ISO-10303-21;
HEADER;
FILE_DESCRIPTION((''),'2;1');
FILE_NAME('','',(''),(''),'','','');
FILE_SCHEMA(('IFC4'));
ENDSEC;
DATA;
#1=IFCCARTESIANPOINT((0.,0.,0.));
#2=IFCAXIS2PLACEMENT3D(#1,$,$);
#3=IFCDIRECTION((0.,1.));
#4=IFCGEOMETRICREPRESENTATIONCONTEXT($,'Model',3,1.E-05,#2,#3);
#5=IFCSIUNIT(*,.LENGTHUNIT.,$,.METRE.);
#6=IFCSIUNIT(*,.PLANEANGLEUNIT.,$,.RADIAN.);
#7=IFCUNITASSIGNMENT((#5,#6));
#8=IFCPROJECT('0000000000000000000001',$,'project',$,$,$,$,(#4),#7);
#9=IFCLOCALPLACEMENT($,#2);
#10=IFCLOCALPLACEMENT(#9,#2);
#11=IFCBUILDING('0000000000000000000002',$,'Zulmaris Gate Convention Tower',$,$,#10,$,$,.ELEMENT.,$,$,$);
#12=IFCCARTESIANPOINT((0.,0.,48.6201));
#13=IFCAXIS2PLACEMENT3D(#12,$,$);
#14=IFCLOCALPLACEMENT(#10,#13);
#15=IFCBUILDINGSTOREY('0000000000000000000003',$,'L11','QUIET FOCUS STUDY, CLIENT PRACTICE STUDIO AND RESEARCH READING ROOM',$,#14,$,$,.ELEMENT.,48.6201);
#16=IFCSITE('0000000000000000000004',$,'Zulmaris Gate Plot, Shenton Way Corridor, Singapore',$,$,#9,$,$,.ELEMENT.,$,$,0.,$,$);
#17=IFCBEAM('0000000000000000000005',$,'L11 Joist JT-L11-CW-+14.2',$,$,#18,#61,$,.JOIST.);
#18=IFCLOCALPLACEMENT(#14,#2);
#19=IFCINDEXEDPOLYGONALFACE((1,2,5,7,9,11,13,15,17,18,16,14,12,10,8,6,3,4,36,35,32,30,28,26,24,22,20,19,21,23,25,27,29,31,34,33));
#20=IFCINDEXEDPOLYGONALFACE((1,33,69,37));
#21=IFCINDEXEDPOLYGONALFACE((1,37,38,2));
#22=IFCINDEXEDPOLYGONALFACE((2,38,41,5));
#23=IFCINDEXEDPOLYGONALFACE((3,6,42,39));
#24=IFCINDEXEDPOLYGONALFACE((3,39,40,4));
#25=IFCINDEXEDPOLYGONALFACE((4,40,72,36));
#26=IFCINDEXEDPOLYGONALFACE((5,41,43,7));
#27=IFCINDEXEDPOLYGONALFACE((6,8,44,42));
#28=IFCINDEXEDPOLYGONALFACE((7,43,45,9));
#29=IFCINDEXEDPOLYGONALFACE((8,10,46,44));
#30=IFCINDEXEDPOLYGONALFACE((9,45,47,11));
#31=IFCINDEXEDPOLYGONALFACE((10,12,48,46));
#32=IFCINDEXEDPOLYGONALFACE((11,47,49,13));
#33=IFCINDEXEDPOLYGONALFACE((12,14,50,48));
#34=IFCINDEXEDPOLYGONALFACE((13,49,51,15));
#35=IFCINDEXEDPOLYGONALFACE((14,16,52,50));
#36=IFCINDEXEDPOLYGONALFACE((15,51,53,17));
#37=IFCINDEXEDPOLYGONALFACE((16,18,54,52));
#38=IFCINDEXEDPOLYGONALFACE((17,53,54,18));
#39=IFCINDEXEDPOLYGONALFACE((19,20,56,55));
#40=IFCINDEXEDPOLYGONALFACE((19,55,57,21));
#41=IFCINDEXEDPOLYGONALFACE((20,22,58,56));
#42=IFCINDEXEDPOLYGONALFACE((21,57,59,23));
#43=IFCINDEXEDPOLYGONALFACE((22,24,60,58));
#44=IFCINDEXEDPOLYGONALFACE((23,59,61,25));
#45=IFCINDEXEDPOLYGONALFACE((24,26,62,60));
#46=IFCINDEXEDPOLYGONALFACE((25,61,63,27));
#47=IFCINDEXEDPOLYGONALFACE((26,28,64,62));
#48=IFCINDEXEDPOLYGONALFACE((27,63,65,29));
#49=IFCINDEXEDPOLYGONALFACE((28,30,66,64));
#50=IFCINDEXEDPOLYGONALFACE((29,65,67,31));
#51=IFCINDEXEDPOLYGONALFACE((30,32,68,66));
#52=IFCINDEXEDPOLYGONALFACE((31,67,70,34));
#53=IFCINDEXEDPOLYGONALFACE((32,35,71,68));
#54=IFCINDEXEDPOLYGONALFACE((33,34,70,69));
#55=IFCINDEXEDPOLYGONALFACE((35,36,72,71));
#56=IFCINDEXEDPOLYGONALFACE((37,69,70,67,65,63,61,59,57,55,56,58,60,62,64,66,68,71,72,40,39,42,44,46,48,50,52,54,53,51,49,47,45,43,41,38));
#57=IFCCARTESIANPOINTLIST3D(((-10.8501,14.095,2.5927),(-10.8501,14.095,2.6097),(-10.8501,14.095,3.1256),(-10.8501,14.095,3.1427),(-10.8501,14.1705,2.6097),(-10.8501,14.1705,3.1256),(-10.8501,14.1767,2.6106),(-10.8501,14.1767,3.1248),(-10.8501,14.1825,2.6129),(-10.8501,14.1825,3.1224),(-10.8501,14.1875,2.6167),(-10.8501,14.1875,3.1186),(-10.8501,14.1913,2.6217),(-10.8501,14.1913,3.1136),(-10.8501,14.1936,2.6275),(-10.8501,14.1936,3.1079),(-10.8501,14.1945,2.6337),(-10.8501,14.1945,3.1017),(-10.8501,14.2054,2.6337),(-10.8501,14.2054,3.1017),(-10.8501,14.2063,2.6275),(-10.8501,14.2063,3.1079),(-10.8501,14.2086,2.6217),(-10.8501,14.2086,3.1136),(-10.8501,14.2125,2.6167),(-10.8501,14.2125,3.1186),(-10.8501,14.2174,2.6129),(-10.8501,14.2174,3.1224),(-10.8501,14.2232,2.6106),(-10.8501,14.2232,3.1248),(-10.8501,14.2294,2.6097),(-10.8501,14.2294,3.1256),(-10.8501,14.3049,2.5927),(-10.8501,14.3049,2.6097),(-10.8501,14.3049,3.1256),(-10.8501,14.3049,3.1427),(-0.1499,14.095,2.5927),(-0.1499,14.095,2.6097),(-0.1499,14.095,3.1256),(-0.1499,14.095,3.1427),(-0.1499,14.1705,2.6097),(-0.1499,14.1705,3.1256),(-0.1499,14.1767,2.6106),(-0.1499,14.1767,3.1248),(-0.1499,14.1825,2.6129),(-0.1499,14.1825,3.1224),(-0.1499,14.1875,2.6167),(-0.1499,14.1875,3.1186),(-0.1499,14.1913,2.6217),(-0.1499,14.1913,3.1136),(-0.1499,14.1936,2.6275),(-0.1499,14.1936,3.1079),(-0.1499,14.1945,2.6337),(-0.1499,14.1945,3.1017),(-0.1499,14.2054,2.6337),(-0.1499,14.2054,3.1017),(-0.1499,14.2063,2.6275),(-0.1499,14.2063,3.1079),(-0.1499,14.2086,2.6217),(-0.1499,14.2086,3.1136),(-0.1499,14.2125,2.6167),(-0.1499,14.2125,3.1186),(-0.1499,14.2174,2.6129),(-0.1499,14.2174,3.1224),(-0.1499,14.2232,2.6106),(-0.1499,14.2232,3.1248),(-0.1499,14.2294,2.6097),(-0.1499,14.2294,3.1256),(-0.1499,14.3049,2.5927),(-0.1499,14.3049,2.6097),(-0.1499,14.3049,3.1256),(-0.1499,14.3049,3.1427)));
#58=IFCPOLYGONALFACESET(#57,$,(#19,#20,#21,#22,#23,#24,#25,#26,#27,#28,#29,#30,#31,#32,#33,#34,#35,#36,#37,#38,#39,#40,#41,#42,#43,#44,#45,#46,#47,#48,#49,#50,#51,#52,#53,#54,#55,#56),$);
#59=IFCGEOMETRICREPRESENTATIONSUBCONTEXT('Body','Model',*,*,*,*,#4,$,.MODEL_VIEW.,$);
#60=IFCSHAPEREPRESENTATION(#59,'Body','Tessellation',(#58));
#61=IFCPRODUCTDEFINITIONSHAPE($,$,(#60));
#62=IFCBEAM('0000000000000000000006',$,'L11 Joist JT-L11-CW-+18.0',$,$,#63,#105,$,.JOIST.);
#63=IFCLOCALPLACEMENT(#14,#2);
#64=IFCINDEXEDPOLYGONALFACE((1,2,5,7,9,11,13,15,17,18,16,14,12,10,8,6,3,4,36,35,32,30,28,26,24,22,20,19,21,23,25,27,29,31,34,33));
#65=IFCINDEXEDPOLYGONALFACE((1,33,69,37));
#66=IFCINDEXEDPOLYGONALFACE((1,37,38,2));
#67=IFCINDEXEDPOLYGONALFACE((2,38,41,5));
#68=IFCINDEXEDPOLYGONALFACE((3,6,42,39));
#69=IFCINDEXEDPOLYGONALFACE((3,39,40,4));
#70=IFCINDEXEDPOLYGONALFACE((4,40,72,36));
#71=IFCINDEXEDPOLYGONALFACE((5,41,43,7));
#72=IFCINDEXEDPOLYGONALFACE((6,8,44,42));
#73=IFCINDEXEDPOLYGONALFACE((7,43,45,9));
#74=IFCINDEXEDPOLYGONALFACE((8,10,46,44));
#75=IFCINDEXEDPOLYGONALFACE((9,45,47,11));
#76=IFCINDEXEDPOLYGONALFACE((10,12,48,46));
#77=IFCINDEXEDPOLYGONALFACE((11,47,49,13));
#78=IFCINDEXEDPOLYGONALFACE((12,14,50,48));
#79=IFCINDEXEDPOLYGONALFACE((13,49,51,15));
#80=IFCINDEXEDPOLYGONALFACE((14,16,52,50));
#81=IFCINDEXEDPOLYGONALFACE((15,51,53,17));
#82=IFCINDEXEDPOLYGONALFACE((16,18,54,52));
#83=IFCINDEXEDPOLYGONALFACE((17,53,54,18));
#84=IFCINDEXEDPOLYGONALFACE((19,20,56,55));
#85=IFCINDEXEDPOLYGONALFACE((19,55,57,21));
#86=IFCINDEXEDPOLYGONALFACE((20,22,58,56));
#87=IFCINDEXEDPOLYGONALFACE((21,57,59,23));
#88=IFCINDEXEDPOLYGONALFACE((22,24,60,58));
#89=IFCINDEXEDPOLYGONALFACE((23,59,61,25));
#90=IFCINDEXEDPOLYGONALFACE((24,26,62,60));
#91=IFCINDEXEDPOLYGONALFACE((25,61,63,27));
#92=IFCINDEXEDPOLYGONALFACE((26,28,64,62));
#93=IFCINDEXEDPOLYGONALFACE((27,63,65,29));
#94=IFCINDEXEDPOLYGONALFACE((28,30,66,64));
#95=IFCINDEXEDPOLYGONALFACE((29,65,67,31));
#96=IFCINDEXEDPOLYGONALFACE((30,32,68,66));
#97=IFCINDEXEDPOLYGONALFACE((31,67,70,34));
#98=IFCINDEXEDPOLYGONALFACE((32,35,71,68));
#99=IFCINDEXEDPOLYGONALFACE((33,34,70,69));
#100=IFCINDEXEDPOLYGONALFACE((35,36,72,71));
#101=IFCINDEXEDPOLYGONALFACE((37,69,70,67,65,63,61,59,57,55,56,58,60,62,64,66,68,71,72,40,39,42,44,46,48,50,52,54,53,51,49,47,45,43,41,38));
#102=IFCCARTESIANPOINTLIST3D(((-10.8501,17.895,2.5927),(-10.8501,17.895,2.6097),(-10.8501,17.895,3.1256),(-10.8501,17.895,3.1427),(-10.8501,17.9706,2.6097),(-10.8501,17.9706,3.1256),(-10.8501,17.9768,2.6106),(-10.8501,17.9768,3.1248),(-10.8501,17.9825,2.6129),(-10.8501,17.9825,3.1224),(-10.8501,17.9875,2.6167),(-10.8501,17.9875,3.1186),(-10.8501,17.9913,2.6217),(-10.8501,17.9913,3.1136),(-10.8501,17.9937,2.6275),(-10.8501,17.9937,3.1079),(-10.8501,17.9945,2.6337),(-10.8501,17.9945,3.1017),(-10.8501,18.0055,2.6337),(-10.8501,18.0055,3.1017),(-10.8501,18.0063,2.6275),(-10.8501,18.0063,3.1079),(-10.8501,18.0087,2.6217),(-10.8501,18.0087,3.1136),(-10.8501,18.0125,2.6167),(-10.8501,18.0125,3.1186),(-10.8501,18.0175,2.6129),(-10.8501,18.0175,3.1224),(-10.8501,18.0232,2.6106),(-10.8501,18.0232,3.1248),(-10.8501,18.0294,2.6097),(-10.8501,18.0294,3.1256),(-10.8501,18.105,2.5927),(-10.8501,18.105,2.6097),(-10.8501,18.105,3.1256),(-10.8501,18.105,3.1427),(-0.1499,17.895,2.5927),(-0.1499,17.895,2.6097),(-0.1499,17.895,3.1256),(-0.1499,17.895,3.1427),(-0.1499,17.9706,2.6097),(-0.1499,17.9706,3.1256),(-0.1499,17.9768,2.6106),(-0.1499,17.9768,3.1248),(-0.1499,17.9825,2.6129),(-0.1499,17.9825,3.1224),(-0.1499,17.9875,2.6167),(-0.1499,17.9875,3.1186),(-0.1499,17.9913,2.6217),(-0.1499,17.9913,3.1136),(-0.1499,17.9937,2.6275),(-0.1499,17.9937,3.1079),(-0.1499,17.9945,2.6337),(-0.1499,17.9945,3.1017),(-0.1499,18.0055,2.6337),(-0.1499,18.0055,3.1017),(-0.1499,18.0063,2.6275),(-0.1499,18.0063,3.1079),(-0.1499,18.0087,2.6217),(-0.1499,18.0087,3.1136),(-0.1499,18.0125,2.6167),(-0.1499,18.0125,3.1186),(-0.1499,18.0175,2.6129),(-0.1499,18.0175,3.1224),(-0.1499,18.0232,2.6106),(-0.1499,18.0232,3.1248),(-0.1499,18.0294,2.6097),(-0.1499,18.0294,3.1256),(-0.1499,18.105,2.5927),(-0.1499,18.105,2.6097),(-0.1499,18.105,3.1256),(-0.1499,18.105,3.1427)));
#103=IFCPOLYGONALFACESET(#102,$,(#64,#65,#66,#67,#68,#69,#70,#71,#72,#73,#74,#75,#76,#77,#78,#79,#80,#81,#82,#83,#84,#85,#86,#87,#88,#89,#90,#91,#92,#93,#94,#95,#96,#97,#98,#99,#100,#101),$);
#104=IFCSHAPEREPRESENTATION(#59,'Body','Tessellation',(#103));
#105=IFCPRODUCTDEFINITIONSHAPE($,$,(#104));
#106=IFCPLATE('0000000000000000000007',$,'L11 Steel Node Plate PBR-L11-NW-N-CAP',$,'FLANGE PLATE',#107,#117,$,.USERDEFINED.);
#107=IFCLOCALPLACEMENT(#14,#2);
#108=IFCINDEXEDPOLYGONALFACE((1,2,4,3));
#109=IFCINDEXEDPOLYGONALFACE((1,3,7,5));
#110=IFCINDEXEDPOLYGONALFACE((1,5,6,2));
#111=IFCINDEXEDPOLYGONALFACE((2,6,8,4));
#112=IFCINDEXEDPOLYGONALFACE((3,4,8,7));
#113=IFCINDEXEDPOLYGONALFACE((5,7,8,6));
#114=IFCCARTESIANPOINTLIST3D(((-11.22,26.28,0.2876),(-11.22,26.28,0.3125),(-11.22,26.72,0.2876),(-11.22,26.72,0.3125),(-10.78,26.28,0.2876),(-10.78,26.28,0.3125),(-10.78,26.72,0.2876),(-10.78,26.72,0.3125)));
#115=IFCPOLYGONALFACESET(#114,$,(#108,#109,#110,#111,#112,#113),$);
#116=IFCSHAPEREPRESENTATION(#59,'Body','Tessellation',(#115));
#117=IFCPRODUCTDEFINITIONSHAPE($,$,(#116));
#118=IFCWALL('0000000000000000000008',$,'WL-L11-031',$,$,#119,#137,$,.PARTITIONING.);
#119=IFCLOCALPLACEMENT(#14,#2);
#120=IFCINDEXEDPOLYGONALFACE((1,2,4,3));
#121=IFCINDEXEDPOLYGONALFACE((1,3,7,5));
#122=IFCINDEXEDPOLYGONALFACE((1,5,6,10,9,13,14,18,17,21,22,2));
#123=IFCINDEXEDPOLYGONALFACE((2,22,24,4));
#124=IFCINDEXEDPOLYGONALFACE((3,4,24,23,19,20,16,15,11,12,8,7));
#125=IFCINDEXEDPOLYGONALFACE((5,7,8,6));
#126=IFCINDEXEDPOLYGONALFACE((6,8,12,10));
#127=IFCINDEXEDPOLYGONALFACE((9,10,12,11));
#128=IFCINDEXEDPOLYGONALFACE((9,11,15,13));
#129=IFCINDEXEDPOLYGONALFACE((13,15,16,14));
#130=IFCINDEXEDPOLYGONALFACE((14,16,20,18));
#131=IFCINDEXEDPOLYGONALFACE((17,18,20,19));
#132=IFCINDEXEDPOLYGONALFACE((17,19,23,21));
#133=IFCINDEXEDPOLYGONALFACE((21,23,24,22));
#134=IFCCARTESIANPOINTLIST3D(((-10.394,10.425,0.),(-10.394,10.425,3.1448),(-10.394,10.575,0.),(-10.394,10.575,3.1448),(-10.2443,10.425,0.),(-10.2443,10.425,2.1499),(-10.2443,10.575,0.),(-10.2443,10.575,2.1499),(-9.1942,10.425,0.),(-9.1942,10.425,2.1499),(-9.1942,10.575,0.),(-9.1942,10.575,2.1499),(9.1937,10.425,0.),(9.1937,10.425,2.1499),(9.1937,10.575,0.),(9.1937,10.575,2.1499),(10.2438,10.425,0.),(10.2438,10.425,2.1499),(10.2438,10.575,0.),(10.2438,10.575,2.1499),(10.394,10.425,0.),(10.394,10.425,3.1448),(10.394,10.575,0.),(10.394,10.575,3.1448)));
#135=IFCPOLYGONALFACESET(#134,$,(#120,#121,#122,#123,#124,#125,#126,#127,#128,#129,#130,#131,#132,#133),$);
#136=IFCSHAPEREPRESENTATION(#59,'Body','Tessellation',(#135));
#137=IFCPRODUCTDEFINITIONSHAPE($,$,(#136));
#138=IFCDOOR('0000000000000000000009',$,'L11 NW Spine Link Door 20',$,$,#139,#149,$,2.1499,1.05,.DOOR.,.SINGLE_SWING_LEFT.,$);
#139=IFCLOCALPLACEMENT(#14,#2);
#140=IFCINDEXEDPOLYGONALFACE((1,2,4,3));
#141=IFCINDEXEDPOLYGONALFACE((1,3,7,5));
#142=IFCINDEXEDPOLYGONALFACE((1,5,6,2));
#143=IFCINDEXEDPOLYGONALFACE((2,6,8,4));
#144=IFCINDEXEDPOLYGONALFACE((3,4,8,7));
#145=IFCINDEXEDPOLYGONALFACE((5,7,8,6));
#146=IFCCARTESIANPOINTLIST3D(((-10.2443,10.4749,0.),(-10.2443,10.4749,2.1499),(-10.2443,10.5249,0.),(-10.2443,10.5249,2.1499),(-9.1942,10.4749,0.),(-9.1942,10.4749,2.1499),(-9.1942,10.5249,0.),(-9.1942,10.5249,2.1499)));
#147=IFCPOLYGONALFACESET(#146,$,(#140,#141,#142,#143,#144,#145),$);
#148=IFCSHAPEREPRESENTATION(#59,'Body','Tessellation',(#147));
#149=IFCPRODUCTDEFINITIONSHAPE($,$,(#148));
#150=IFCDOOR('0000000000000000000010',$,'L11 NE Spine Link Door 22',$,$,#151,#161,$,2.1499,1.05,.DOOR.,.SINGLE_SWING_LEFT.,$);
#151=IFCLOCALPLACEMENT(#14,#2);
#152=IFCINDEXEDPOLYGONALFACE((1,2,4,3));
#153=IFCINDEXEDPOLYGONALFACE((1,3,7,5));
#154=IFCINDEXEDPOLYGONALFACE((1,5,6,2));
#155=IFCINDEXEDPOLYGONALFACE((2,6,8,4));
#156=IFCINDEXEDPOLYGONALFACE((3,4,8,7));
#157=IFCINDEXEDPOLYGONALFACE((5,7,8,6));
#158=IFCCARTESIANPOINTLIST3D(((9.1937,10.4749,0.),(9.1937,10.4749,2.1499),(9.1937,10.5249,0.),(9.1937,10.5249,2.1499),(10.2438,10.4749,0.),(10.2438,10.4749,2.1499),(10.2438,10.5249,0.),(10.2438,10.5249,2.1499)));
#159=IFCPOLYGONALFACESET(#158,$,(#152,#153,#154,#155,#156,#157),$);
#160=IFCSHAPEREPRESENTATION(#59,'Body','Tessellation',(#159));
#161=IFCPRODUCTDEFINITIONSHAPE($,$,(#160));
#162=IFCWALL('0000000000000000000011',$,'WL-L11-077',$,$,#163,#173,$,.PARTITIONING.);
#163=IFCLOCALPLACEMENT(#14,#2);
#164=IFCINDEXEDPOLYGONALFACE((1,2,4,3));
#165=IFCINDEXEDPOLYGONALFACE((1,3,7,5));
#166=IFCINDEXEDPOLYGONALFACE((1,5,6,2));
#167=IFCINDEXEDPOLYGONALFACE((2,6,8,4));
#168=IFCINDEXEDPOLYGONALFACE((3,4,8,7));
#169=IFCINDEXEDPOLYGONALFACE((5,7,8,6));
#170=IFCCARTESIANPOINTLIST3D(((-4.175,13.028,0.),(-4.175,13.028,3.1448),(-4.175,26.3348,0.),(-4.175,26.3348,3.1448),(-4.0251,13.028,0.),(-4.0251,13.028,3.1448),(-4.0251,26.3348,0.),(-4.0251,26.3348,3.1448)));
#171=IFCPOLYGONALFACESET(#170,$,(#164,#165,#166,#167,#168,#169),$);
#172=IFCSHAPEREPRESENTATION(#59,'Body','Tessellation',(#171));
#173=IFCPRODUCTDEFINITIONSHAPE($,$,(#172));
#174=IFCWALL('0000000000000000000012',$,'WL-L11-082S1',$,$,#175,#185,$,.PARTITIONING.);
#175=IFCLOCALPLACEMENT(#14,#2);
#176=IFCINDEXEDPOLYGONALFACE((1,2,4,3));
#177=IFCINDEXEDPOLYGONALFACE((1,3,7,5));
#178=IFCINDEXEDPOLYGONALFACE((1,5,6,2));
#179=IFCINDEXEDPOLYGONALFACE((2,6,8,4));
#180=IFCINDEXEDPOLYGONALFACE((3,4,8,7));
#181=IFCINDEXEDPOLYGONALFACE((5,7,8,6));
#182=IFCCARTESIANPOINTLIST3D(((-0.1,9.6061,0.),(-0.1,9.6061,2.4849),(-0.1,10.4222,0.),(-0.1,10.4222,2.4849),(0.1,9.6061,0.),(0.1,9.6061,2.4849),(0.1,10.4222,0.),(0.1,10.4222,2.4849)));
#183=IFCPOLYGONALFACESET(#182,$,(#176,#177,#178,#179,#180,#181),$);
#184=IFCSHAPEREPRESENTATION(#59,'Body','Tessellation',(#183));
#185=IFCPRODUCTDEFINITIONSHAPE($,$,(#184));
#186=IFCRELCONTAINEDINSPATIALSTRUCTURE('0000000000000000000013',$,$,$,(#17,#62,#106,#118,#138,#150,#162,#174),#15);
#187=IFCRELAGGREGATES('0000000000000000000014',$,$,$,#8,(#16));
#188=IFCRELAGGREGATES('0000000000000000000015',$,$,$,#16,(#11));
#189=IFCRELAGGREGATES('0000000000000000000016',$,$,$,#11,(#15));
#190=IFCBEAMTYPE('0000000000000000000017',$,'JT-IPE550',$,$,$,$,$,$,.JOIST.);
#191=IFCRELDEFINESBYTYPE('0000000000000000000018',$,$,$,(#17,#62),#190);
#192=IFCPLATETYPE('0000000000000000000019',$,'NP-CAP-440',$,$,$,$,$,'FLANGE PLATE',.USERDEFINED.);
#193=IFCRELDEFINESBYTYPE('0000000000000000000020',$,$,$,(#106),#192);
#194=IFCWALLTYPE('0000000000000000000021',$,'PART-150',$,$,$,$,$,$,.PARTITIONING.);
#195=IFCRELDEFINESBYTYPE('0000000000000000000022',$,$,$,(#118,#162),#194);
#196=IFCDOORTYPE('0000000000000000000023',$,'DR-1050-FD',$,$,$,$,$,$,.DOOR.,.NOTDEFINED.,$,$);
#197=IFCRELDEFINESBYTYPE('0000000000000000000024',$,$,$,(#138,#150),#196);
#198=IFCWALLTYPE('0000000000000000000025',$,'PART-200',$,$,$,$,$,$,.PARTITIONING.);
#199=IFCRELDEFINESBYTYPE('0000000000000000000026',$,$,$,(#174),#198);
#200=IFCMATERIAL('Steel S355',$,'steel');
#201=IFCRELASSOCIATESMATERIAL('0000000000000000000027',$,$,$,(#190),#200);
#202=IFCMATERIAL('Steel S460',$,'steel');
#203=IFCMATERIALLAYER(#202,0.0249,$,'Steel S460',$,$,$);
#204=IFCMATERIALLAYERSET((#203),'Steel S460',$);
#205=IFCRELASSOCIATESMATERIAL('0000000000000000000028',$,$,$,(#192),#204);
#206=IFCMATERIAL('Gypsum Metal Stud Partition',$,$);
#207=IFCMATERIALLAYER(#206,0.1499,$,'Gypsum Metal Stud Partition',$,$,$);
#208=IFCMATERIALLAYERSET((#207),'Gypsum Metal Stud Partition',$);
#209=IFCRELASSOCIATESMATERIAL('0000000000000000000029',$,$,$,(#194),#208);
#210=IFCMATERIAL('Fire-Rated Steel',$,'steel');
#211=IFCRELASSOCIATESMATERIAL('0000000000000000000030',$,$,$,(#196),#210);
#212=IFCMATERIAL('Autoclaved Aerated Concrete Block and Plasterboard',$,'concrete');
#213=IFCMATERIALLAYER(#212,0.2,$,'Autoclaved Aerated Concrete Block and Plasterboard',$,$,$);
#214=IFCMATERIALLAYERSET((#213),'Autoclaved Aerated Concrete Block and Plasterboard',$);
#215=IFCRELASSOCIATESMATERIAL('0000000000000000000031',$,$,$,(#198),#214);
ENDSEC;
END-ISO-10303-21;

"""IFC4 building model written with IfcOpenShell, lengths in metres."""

from ifc_helpers import new_model, si_unit, direction, frame, frame_2d, origin, origin_2d, place, context, subcontext, project, spatial, rectangle, i_section, extrude, material, layer, layer_set, material_profile, profile_set, type_object, element, fill, save


model = new_model("IFC4")

# Units and contexts
model_context = context("Model", 3, precision=1e-05, world=origin(), true_north=direction((0.0, 1.0)))
body_context = subcontext(model_context, "Body", "Model", "MODEL_VIEW")
ifc_project = project(units=[si_unit("LENGTHUNIT", "METRE"), si_unit("PLANEANGLEUNIT", "RADIAN")], contexts=[model_context])

# Site, building, storey
site_placement = place(None, origin())
site = spatial("IfcSite", under=ifc_project, at=site_placement, Name="Zulmaris Gate Plot, Shenton Way Corridor, Singapore", CompositionType="ELEMENT", RefElevation=0.0)
building_placement = place(site_placement, origin())
building = spatial("IfcBuilding", under=site, at=building_placement, Name="Zulmaris Gate Convention Tower", CompositionType="ELEMENT")
storey_placement = place(building_placement, frame((0.0, 0.0, 48.6201)))
storey = spatial("IfcBuildingStorey", under=building, at=storey_placement, Name="L11", Description="QUIET FOCUS STUDY, CLIENT PRACTICE STUDIO AND RESEARCH READING ROOM", CompositionType="ELEMENT", Elevation=48.6201)

# Shared definitions
ifc_material_1 = material(Name="Steel S355", Category="steel")

# Shared definitions
ifc_material_2 = material(Name="Steel S460", Category="steel")

# Beams
ifc_material_profile_1 = material_profile(ifc_material_1, i_section(OverallWidth=0.21, OverallDepth=0.55, WebThickness=0.011, FlangeThickness=0.0171, FilletRadius=0.0239, at=origin_2d()), Name="IPE 550")
ifc_profile_set_1 = profile_set([ifc_material_profile_1], Name="Steel S355")
beam_type_1 = type_object("IfcBeamType", Name="JT-IPE550", PredefinedType="JOIST", material=ifc_profile_set_1)
for number, where, z_axis, x_axis, name in (
    (1, (-10.8501, 14.2, 2.8677), (1.0, 0.0, 0.0), (0.0, 1.0, 0.0), "L11 Joist JT-L11-CW-+14.2"),
    (2, (-10.8501, 18.0, 2.8677), (1.0, 0.0, 0.0), (0.0, 1.0, 0.0), "L11 Joist JT-L11-CW-+18.0"),
):
    element("IfcBeam", number, at=place(storey_placement, frame(where, z_axis=z_axis, x_axis=x_axis)), inside=storey, type_object=beam_type_1, Name=name, PredefinedType="JOIST", context=body_context, shape_type="SweptSolid", body=[
        extrude(i_section(OverallWidth=0.21, OverallDepth=0.55, WebThickness=0.011, FlangeThickness=0.0171, FilletRadius=0.0239, at=origin_2d()), origin(), (0.0, 0.0, 1.0), 10.7002),
    ])

# Plate
ifc_layer_1 = layer(ifc_material_2, 0.0249, Name="Steel S460")
ifc_layer_set_1 = layer_set([ifc_layer_1], Name="Steel S460")
plate_type = type_object("IfcPlateType", Name="NP-CAP-440", ElementType="FLANGE PLATE", PredefinedType="USERDEFINED", material=ifc_layer_set_1)
plate_placement = place(storey_placement, frame((-11.0, 26.5, 0.2876), z_axis=(0.0, 0.0, 1.0), x_axis=(1.0, 0.0, 0.0)))
element("IfcPlate", 3, at=plate_placement, inside=storey, type_object=plate_type, Name="L11 Steel Node Plate PBR-L11-NW-N-CAP", ObjectType="FLANGE PLATE", PredefinedType="USERDEFINED", context=body_context, shape_type="SweptSolid", body=[
    extrude(rectangle(XDim=0.4399, YDim=0.4399, at=origin_2d()), origin(), (0.0, 0.0, 1.0), 0.0249),
])

# Shared definitions
ifc_material_3 = material(Name="Fire-Rated Steel", Category="steel")

# Wall, openings, doors
ifc_material_4 = material(Name="Gypsum Metal Stud Partition")
ifc_layer_2 = layer(ifc_material_4, 0.1499, Name="Gypsum Metal Stud Partition")
ifc_layer_set_2 = layer_set([ifc_layer_2], Name="Gypsum Metal Stud Partition")
wall_type_1 = type_object("IfcWallType", Name="PART-150", PredefinedType="PARTITIONING", material=ifc_layer_set_2)
wall_1_placement = place(storey_placement, frame((-10.394, 10.5, 0.0), z_axis=(0.0, 0.0, 1.0), x_axis=(1.0, 0.0, 0.0)))
wall_1 = element("IfcWall", 4, at=wall_1_placement, inside=storey, type_object=wall_type_1, Name="WL-L11-031", PredefinedType="PARTITIONING", context=body_context, shape_type="SweptSolid", body=[
    extrude(rectangle(XDim=20.7881, YDim=0.1499, at=frame_2d((10.394, 0.0))), origin(), (0.0, 0.0, 1.0), 3.1448),
])
opening_1_placement = place(wall_1_placement, frame((0.1499, 0.0, 0.0)))
opening_1 = element("IfcOpeningElement", 5, at=opening_1_placement, cuts=wall_1, PredefinedType="OPENING", context=body_context, shape_type="SweptSolid", body=[
    extrude(rectangle(XDim=1.05, YDim=2.1499, at=frame_2d((0.5249, 1.075))), frame((0.0, 0.085, 0.0), z_axis=(0.0, -1.0, 0.0), x_axis=(1.0, 0.0, 0.0)), (0.0, 0.0, 1.0), 0.1699),
])
opening_2_placement = place(wall_1_placement, frame((19.5879, 0.0, 0.0)))
opening_2 = element("IfcOpeningElement", 6, at=opening_2_placement, cuts=wall_1, PredefinedType="OPENING", context=body_context, shape_type="SweptSolid", body=[
    extrude(rectangle(XDim=1.05, YDim=2.1499, at=frame_2d((0.5249, 1.075))), frame((0.0, 0.085, 0.0), z_axis=(0.0, -1.0, 0.0), x_axis=(1.0, 0.0, 0.0)), (0.0, 0.0, 1.0), 0.1699),
])
door_type_1 = type_object("IfcDoorType", Name="DR-1050-FD", OperationType="NOTDEFINED", PredefinedType="DOOR", material=ifc_material_3)
door_1_placement = place(opening_1_placement, origin())
door_1 = element("IfcDoor", 7, at=door_1_placement, inside=storey, type_object=door_type_1, Name="L11 NW Spine Link Door 20", OperationType="SINGLE_SWING_LEFT", OverallHeight=2.1499, OverallWidth=1.05, PredefinedType="DOOR", context=body_context, shape_type="SweptSolid", body=[
    extrude(rectangle(XDim=1.05, YDim=2.1499, at=frame_2d((0.5249, 1.075))), frame((0.0, 0.0249, 0.0), z_axis=(0.0, -1.0, 0.0), x_axis=(1.0, 0.0, 0.0)), (0.0, 0.0, 1.0), 0.05),
])
fill(opening_1, door_1)
door_2_placement = place(opening_2_placement, origin())
door_2 = element("IfcDoor", 8, at=door_2_placement, inside=storey, type_object=door_type_1, Name="L11 NE Spine Link Door 22", OperationType="SINGLE_SWING_LEFT", OverallHeight=2.1499, OverallWidth=1.05, PredefinedType="DOOR", context=body_context, shape_type="SweptSolid", body=[
    extrude(rectangle(XDim=1.05, YDim=2.1499, at=frame_2d((0.5249, 1.075))), frame((0.0, 0.0249, 0.0), z_axis=(0.0, -1.0, 0.0), x_axis=(1.0, 0.0, 0.0)), (0.0, 0.0, 1.0), 0.05),
])
fill(opening_2, door_2)

# Walls
wall_2_placement = place(storey_placement, frame((-4.1001, 13.0281, 0.0), z_axis=(0.0, 0.0, 1.0), x_axis=(0.0, 1.0, 0.0)))
element("IfcWall", 9, at=wall_2_placement, inside=storey, type_object=wall_type_1, Name="WL-L11-077", PredefinedType="PARTITIONING", context=body_context, shape_type="SweptSolid", body=[
    extrude(rectangle(XDim=13.3069, YDim=0.1499, at=frame_2d((6.6533, 0.0))), origin(), (0.0, 0.0, 1.0), 3.1448),
])
ifc_material_5 = material(Name="Autoclaved Aerated Concrete Block and Plasterboard", Category="concrete")
ifc_layer_3 = layer(ifc_material_5, 0.2, Name="Autoclaved Aerated Concrete Block and Plasterboard")
ifc_layer_set_3 = layer_set([ifc_layer_3], Name="Autoclaved Aerated Concrete Block and Plasterboard")
wall_type_2 = type_object("IfcWallType", Name="PART-200", PredefinedType="PARTITIONING", material=ifc_layer_set_3)
wall_3_placement = place(storey_placement, frame((0.0, 9.606, 0.0), z_axis=(0.0, 0.0, 1.0), x_axis=(0.0, 1.0, 0.0)))
element("IfcWall", 10, at=wall_3_placement, inside=storey, type_object=wall_type_2, Name="WL-L11-082S1", PredefinedType="PARTITIONING", context=body_context, shape_type="SweptSolid", body=[
    extrude(rectangle(XDim=0.8162, YDim=0.2, at=frame_2d((0.4082, 0.0))), origin(), (0.0, 0.0, 1.0), 2.4849),
])

save(model, "model.ifc")
